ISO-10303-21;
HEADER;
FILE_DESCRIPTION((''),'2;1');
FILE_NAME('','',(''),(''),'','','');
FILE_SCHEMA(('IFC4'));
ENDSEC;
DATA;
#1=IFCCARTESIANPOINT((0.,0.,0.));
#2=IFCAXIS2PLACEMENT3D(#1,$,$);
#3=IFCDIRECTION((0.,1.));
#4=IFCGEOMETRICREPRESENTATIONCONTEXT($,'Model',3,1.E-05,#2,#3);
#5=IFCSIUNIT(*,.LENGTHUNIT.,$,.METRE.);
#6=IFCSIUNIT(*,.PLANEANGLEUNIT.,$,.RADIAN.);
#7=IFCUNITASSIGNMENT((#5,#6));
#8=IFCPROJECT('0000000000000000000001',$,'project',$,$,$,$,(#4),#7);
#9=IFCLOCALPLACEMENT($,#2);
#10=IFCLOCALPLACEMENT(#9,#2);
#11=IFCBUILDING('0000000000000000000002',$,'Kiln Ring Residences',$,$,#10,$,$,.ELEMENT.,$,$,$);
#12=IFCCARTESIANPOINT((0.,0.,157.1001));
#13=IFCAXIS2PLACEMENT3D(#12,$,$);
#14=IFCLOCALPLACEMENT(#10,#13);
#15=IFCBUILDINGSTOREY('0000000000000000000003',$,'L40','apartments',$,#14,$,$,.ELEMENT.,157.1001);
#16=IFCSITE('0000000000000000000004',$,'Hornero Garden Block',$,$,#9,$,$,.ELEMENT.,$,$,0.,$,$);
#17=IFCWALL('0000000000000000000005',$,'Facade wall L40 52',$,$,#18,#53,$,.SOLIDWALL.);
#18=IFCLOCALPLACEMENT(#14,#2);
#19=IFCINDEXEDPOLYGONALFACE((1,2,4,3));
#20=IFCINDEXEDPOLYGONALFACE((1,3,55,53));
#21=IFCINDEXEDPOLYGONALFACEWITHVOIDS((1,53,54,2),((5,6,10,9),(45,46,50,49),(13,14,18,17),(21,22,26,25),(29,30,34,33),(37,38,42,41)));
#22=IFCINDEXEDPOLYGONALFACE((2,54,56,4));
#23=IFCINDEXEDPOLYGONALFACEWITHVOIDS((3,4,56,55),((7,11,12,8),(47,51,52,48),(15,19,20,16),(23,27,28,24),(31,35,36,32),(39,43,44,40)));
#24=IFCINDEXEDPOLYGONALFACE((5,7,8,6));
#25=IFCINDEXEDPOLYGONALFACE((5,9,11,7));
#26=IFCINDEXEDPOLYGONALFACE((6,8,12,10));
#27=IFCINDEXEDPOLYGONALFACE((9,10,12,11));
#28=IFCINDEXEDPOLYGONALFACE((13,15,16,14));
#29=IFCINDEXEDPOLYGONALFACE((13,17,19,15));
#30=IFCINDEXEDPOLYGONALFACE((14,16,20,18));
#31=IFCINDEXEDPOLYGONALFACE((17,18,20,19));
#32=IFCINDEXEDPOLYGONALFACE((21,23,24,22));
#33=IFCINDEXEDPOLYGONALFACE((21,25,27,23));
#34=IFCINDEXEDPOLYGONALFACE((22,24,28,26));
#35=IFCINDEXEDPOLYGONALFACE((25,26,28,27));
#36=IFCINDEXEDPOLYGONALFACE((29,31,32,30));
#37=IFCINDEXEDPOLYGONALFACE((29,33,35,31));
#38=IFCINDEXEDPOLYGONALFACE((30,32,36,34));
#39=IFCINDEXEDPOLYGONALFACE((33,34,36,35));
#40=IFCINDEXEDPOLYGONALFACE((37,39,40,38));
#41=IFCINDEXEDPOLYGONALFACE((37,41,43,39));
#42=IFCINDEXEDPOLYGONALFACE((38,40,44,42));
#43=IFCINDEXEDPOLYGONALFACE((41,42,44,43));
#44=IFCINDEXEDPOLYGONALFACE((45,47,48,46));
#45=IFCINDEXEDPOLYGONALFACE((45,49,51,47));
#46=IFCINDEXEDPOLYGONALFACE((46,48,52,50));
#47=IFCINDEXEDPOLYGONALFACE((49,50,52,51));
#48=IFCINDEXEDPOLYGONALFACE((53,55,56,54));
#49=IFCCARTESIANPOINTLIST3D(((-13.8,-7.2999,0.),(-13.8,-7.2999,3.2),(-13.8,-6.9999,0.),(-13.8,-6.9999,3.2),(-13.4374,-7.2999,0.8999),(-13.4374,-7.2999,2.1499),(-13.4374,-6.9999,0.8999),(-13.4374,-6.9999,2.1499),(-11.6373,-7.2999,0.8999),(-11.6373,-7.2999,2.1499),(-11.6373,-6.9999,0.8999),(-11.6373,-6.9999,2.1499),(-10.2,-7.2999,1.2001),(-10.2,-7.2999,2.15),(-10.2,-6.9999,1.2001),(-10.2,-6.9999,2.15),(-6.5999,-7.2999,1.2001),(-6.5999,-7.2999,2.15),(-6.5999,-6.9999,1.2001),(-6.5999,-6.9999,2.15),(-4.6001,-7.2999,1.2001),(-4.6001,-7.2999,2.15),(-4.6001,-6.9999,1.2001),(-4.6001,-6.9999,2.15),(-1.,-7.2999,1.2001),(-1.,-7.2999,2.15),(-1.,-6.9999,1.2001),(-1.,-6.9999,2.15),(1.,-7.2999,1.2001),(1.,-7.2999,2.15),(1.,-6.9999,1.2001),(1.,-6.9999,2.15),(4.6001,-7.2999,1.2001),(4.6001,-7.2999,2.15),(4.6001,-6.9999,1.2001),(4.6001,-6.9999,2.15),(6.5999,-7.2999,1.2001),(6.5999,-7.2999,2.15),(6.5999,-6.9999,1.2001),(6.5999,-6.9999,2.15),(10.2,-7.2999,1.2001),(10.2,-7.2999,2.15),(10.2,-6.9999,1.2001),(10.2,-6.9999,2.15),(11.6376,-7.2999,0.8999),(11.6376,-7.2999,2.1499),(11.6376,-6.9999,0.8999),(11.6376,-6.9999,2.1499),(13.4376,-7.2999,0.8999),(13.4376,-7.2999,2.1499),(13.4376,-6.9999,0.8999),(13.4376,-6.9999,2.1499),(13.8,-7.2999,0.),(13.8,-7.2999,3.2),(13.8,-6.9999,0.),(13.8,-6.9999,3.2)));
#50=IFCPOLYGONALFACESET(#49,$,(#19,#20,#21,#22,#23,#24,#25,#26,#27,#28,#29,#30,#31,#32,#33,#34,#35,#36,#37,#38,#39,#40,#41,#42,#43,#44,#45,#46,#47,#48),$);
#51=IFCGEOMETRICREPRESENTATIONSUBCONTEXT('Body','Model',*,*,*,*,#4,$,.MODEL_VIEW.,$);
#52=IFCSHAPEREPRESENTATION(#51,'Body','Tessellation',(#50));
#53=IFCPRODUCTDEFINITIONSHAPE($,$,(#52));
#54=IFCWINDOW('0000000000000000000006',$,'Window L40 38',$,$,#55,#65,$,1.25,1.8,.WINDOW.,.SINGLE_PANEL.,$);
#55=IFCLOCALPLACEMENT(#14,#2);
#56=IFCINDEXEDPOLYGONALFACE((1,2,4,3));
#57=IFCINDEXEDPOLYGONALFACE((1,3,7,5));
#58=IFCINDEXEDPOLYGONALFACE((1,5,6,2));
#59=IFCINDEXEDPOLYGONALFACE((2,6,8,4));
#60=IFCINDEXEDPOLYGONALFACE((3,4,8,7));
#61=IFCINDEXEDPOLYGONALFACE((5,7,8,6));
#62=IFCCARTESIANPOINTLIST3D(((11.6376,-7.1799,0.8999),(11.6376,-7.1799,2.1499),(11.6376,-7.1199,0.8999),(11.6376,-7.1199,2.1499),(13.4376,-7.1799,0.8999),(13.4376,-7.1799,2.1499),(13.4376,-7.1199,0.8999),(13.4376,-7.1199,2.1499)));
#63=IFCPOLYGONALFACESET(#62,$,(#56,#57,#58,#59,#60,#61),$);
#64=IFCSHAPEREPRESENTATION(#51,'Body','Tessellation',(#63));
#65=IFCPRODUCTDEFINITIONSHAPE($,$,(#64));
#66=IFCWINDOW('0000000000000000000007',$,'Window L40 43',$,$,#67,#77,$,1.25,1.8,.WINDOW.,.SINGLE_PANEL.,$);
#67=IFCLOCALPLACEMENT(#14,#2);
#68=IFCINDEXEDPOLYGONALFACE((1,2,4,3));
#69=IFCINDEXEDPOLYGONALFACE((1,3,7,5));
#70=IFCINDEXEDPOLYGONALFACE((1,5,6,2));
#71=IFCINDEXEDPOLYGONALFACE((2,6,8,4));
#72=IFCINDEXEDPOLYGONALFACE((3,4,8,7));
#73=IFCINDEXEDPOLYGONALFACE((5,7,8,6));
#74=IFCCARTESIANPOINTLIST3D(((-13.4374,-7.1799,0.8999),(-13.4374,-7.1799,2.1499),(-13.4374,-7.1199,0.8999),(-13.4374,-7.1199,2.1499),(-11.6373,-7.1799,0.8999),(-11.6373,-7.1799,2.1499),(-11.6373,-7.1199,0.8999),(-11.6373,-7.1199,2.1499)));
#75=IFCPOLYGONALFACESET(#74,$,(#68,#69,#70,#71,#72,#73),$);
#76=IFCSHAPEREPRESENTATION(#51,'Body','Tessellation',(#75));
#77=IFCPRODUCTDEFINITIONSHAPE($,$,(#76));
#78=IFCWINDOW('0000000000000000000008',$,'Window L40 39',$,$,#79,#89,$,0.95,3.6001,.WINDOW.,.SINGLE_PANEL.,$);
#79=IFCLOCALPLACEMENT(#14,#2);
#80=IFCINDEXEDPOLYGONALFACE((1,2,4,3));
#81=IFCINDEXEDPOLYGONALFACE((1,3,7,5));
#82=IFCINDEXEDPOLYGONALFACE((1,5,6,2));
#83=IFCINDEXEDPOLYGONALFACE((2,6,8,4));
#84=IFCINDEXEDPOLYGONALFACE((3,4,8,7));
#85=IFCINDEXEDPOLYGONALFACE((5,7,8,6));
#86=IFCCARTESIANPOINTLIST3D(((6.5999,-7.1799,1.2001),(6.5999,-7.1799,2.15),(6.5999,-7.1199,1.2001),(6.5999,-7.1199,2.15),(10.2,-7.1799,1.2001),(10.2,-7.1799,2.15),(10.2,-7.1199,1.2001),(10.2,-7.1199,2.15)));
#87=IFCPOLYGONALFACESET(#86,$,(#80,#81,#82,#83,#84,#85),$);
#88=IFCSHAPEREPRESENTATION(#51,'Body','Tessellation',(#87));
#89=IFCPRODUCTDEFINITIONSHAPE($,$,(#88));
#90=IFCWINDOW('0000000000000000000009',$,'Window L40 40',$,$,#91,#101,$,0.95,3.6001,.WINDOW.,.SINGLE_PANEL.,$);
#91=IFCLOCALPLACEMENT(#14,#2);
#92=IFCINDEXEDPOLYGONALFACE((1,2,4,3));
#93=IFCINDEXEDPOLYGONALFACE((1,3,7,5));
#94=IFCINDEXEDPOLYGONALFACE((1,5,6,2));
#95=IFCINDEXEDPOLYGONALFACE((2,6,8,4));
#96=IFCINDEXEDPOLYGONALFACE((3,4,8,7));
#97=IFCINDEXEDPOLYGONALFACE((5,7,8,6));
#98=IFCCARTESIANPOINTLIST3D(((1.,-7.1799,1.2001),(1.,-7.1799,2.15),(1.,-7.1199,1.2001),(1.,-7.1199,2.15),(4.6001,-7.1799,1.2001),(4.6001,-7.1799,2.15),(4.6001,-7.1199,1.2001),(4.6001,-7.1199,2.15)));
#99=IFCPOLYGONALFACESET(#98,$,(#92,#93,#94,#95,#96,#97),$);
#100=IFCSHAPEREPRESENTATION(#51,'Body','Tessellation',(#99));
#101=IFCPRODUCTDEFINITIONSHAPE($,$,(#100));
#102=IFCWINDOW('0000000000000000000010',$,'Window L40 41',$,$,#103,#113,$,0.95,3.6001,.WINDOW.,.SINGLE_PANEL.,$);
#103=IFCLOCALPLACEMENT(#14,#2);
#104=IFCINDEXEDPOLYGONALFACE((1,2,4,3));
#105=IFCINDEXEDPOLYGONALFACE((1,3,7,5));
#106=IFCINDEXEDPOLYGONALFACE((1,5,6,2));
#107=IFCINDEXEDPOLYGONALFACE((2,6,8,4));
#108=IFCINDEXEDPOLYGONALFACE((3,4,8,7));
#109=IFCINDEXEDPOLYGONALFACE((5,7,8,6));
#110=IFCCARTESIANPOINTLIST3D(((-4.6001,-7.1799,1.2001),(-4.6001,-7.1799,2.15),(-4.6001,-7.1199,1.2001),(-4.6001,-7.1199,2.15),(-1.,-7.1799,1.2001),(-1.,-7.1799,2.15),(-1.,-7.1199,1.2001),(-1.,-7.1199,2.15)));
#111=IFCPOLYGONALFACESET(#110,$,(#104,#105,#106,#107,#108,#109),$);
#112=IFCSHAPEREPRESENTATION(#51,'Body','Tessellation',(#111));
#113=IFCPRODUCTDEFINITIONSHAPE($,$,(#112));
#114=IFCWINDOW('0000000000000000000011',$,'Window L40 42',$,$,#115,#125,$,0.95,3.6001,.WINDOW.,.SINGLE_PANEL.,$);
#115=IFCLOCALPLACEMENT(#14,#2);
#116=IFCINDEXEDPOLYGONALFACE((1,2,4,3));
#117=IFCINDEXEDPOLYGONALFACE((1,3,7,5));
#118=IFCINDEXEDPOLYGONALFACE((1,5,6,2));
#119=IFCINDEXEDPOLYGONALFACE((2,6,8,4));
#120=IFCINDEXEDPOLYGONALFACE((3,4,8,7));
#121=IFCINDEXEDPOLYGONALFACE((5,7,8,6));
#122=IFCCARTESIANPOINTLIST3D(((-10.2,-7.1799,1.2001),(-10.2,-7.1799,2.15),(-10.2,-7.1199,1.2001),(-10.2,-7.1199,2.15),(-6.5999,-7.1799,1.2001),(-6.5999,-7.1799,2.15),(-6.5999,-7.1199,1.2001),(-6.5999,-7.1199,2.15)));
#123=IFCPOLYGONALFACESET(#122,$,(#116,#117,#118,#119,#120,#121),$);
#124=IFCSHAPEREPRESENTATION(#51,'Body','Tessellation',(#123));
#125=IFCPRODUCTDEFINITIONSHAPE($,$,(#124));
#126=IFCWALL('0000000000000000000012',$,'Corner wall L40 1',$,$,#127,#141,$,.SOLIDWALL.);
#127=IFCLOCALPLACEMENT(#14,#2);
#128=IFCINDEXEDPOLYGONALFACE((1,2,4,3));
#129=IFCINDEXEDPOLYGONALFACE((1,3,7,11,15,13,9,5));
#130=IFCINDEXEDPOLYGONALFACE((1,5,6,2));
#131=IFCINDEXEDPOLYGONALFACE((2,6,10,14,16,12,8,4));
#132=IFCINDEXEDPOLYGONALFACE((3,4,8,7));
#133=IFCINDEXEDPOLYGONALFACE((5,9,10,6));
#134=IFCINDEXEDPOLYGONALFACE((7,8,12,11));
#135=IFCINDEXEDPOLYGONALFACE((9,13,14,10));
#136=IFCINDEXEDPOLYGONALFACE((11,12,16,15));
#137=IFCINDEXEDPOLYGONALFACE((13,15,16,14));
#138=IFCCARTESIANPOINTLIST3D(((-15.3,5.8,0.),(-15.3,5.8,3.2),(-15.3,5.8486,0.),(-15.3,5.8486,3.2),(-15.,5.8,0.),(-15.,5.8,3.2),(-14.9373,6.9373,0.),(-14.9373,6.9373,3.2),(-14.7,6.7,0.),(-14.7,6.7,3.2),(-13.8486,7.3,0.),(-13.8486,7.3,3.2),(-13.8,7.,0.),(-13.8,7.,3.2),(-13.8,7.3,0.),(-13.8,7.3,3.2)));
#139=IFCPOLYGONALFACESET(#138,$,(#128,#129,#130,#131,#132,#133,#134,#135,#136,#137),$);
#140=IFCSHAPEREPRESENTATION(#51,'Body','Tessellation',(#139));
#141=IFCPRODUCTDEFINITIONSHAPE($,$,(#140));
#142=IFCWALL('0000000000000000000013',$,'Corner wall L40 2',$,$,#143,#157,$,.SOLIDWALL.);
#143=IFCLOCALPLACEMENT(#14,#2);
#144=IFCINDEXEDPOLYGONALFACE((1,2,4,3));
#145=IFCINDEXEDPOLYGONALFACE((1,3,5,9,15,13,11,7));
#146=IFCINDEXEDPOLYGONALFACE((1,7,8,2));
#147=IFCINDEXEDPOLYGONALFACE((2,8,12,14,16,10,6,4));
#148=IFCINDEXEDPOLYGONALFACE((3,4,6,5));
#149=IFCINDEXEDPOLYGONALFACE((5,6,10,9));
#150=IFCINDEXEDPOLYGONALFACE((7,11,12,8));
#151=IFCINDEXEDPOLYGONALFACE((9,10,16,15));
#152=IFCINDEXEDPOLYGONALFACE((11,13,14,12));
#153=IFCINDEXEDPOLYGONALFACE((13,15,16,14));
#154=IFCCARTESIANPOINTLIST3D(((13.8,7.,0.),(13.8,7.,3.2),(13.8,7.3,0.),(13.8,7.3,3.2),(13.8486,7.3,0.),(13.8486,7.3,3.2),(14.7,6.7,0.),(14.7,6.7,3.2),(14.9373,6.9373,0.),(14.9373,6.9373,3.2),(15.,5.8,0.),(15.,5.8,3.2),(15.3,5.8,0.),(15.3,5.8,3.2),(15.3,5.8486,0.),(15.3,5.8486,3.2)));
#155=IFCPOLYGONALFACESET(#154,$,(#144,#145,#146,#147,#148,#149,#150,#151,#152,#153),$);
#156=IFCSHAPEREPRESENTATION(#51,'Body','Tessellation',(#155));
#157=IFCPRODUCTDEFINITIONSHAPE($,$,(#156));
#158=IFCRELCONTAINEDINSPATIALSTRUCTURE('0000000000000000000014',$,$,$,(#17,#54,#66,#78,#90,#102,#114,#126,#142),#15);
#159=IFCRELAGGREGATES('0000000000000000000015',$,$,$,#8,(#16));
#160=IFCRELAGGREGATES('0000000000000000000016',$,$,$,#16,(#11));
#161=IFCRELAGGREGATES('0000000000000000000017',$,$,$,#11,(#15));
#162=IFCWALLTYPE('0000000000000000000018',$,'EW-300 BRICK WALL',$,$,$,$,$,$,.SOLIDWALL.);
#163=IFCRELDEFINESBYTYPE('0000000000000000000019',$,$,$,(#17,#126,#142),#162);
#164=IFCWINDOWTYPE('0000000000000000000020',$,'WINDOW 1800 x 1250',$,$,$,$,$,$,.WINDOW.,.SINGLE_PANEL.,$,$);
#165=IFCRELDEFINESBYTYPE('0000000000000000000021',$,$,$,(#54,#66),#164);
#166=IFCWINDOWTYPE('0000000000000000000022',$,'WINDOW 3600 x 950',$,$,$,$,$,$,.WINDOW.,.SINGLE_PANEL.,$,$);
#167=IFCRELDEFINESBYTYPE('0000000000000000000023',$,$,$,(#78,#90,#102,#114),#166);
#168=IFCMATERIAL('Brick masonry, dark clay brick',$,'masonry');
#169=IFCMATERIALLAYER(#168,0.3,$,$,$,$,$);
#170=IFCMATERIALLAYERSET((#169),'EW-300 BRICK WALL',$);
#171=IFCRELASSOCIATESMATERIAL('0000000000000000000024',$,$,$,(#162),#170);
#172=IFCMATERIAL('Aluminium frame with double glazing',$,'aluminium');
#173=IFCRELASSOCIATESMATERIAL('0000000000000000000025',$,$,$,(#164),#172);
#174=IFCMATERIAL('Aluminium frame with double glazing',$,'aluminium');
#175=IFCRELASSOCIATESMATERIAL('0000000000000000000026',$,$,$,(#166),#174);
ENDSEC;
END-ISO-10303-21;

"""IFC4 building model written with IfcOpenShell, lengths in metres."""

from ifc_helpers import new_model, si_unit, direction, frame, frame_2d, origin, place, context, subcontext, project, spatial, polyline, rectangle, outline, extrude, material, layer, layer_set, type_object, element, fill, save


model = new_model("IFC4")

# Units and contexts
model_context = context("Model", 3, precision=1e-05, world=origin(), true_north=direction((0.0, 1.0)))
body_context = subcontext(model_context, "Body", "Model", "MODEL_VIEW")
ifc_project = project(units=[si_unit("LENGTHUNIT", "METRE"), si_unit("PLANEANGLEUNIT", "RADIAN")], contexts=[model_context])

# Site, building, storey
site_placement = place(None, origin())
site = spatial("IfcSite", under=ifc_project, at=site_placement, Name="Hornero Garden Block", CompositionType="ELEMENT", RefElevation=0.0)
building_placement = place(site_placement, origin())
building = spatial("IfcBuilding", under=site, at=building_placement, Name="Kiln Ring Residences", CompositionType="ELEMENT")
storey_placement = place(building_placement, frame((0.0, 0.0, 157.1001)))
storey = spatial("IfcBuildingStorey", under=building, at=storey_placement, Name="L40", Description="apartments", CompositionType="ELEMENT", Elevation=157.1001)

# Shared definitions
placement_1 = place(storey_placement, origin())

# Wall, openings, windows
ifc_material_1 = material(Name="Brick masonry, dark clay brick", Category="masonry")
ifc_layer_1 = layer(ifc_material_1, 0.3)
ifc_layer_set_1 = layer_set([ifc_layer_1], Name="EW-300 BRICK WALL")
wall_type_1 = type_object("IfcWallType", Name="EW-300 BRICK WALL", PredefinedType="SOLIDWALL", material=ifc_layer_set_1)
wall_1_placement = place(storey_placement, frame((13.8, -7.1499, 0.0), z_axis=(0.0, 0.0, 1.0), x_axis=(-1.0, 0.0, 0.0)))
wall_1 = element("IfcWall", 1, at=wall_1_placement, inside=storey, type_object=wall_type_1, Name="Facade wall L40 52", PredefinedType="SOLIDWALL", context=body_context, shape_type="SweptSolid", body=[
    extrude(rectangle(XDim=27.6001, YDim=0.3, at=frame_2d((13.8, 0.0))), origin(), (0.0, 0.0, 1.0), 3.2),
])
opening_1_placement = place(wall_1_placement, frame((0.3625, 0.0, 0.8999)))
opening_1 = element("IfcOpeningElement", 2, at=opening_1_placement, cuts=wall_1, PredefinedType="OPENING", context=body_context, shape_type="SweptSolid", body=[
    extrude(rectangle(XDim=1.8, YDim=1.25, at=frame_2d((0.8999, 0.625))), frame((0.0, 0.1599, 0.0), z_axis=(0.0, -1.0, 0.0), x_axis=(1.0, 0.0, 0.0)), (0.0, 0.0, 1.0), 0.3201),
])
opening_2_placement = place(wall_1_placement, frame((3.6001, 0.0, 1.2)))
opening_2 = element("IfcOpeningElement", 3, at=opening_2_placement, cuts=wall_1, PredefinedType="OPENING", context=body_context, shape_type="SweptSolid", body=[
    extrude(rectangle(XDim=3.6001, YDim=0.95, at=frame_2d((1.8, 0.4751))), frame((0.0, 0.1599, 0.0), z_axis=(0.0, -1.0, 0.0), x_axis=(1.0, 0.0, 0.0)), (0.0, 0.0, 1.0), 0.3201),
])
opening_3_placement = place(wall_1_placement, frame((9.2, 0.0, 1.2)))
opening_3 = element("IfcOpeningElement", 4, at=opening_3_placement, cuts=wall_1, PredefinedType="OPENING", context=body_context, shape_type="SweptSolid", body=[
    extrude(rectangle(XDim=3.6001, YDim=0.95, at=frame_2d((1.8, 0.4751))), frame((0.0, 0.1599, 0.0), z_axis=(0.0, -1.0, 0.0), x_axis=(1.0, 0.0, 0.0)), (0.0, 0.0, 1.0), 0.3201),
])
opening_4_placement = place(wall_1_placement, frame((14.8, 0.0, 1.2)))
opening_4 = element("IfcOpeningElement", 5, at=opening_4_placement, cuts=wall_1, PredefinedType="OPENING", context=body_context, shape_type="SweptSolid", body=[
    extrude(rectangle(XDim=3.6001, YDim=0.95, at=frame_2d((1.8, 0.4751))), frame((0.0, 0.1599, 0.0), z_axis=(0.0, -1.0, 0.0), x_axis=(1.0, 0.0, 0.0)), (0.0, 0.0, 1.0), 0.3201),
])
opening_5_placement = place(wall_1_placement, frame((20.3999, 0.0, 1.2)))
opening_5 = element("IfcOpeningElement", 6, at=opening_5_placement, cuts=wall_1, PredefinedType="OPENING", context=body_context, shape_type="SweptSolid", body=[
    extrude(rectangle(XDim=3.6001, YDim=0.95, at=frame_2d((1.8, 0.4751))), frame((0.0, 0.1599, 0.0), z_axis=(0.0, -1.0, 0.0), x_axis=(1.0, 0.0, 0.0)), (0.0, 0.0, 1.0), 0.3201),
])
opening_6_placement = place(wall_1_placement, frame((25.4375, 0.0, 0.8999)))
opening_6 = element("IfcOpeningElement", 7, at=opening_6_placement, cuts=wall_1, PredefinedType="OPENING", context=body_context, shape_type="SweptSolid", body=[
    extrude(rectangle(XDim=1.8, YDim=1.25, at=frame_2d((0.8999, 0.625))), frame((0.0, 0.1599, 0.0), z_axis=(0.0, -1.0, 0.0), x_axis=(1.0, 0.0, 0.0)), (0.0, 0.0, 1.0), 0.3201),
])
ifc_material_2 = material(Name="Aluminium frame with double glazing", Category="aluminium")
window_type_1 = type_object("IfcWindowType", Name="WINDOW 1800 x 1250", PartitioningType="SINGLE_PANEL", PredefinedType="WINDOW", material=ifc_material_2)
window_1_placement = place(opening_1_placement, origin())
window_1 = element("IfcWindow", 8, at=window_1_placement, inside=storey, type_object=window_type_1, Name="Window L40 38", OverallHeight=1.25, OverallWidth=1.8, PartitioningType="SINGLE_PANEL", PredefinedType="WINDOW", context=body_context, shape_type="SweptSolid", body=[
    extrude(rectangle(XDim=1.8, YDim=1.25, at=frame_2d((0.8999, 0.625))), frame((0.0, 0.03, 0.0), z_axis=(0.0, -1.0, 0.0), x_axis=(1.0, 0.0, 0.0)), (0.0, 0.0, 1.0), 0.0601),
])
fill(opening_1, window_1)
window_2_placement = place(opening_6_placement, origin())
window_2 = element("IfcWindow", 9, at=window_2_placement, inside=storey, type_object=window_type_1, Name="Window L40 43", OverallHeight=1.25, OverallWidth=1.8, PartitioningType="SINGLE_PANEL", PredefinedType="WINDOW", context=body_context, shape_type="SweptSolid", body=[
    extrude(rectangle(XDim=1.8, YDim=1.25, at=frame_2d((0.8999, 0.625))), frame((0.0, 0.03, 0.0), z_axis=(0.0, -1.0, 0.0), x_axis=(1.0, 0.0, 0.0)), (0.0, 0.0, 1.0), 0.0601),
])
fill(opening_6, window_2)
ifc_material_3 = material(Name="Aluminium frame with double glazing", Category="aluminium")
window_type_2 = type_object("IfcWindowType", Name="WINDOW 3600 x 950", PartitioningType="SINGLE_PANEL", PredefinedType="WINDOW", material=ifc_material_3)
window_3_placement = place(opening_2_placement, origin())
window_3 = element("IfcWindow", 10, at=window_3_placement, inside=storey, type_object=window_type_2, Name="Window L40 39", OverallHeight=0.95, OverallWidth=3.6001, PartitioningType="SINGLE_PANEL", PredefinedType="WINDOW", context=body_context, shape_type="SweptSolid", body=[
    extrude(rectangle(XDim=3.6001, YDim=0.95, at=frame_2d((1.8, 0.4751))), frame((0.0, 0.03, 0.0), z_axis=(0.0, -1.0, 0.0), x_axis=(1.0, 0.0, 0.0)), (0.0, 0.0, 1.0), 0.0601),
])
fill(opening_2, window_3)
window_4_placement = place(opening_3_placement, origin())
window_4 = element("IfcWindow", 11, at=window_4_placement, inside=storey, type_object=window_type_2, Name="Window L40 40", OverallHeight=0.95, OverallWidth=3.6001, PartitioningType="SINGLE_PANEL", PredefinedType="WINDOW", context=body_context, shape_type="SweptSolid", body=[
    extrude(rectangle(XDim=3.6001, YDim=0.95, at=frame_2d((1.8, 0.4751))), frame((0.0, 0.03, 0.0), z_axis=(0.0, -1.0, 0.0), x_axis=(1.0, 0.0, 0.0)), (0.0, 0.0, 1.0), 0.0601),
])
fill(opening_3, window_4)
window_5_placement = place(opening_4_placement, origin())
window_5 = element("IfcWindow", 12, at=window_5_placement, inside=storey, type_object=window_type_2, Name="Window L40 41", OverallHeight=0.95, OverallWidth=3.6001, PartitioningType="SINGLE_PANEL", PredefinedType="WINDOW", context=body_context, shape_type="SweptSolid", body=[
    extrude(rectangle(XDim=3.6001, YDim=0.95, at=frame_2d((1.8, 0.4751))), frame((0.0, 0.03, 0.0), z_axis=(0.0, -1.0, 0.0), x_axis=(1.0, 0.0, 0.0)), (0.0, 0.0, 1.0), 0.0601),
])
fill(opening_4, window_5)
window_6_placement = place(opening_5_placement, origin())
window_6 = element("IfcWindow", 13, at=window_6_placement, inside=storey, type_object=window_type_2, Name="Window L40 42", OverallHeight=0.95, OverallWidth=3.6001, PartitioningType="SINGLE_PANEL", PredefinedType="WINDOW", context=body_context, shape_type="SweptSolid", body=[
    extrude(rectangle(XDim=3.6001, YDim=0.95, at=frame_2d((1.8, 0.4751))), frame((0.0, 0.03, 0.0), z_axis=(0.0, -1.0, 0.0), x_axis=(1.0, 0.0, 0.0)), (0.0, 0.0, 1.0), 0.0601),
])
fill(opening_5, window_6)

# Walls
element("IfcWall", 14, at=placement_1, inside=storey, type_object=wall_type_1, Name="Corner wall L40 1", PredefinedType="SOLIDWALL", context=body_context, shape_type="SweptSolid", body=[
    extrude(outline(polyline([(-13.8486, 7.3), (-14.9373, 6.9373), (-15.3, 5.8486), (-15.3, 5.8), (-15.0, 5.8), (-14.7, 6.7), (-13.8, 7.0), (-13.8, 7.3), (-13.8486, 7.3)])), origin(), (0.0, 0.0, 1.0), 3.2),
])
element("IfcWall", 15, at=placement_1, inside=storey, type_object=wall_type_1, Name="Corner wall L40 2", PredefinedType="SOLIDWALL", context=body_context, shape_type="SweptSolid", body=[
    extrude(outline(polyline([(14.9373, 6.9373), (13.8486, 7.3), (13.8, 7.3), (13.8, 7.0), (14.7, 6.7), (15.0, 5.8), (15.3, 5.8), (15.3, 5.8486), (14.9373, 6.9373)])), origin(), (0.0, 0.0, 1.0), 3.2),
])

save(model, "model.ifc")
